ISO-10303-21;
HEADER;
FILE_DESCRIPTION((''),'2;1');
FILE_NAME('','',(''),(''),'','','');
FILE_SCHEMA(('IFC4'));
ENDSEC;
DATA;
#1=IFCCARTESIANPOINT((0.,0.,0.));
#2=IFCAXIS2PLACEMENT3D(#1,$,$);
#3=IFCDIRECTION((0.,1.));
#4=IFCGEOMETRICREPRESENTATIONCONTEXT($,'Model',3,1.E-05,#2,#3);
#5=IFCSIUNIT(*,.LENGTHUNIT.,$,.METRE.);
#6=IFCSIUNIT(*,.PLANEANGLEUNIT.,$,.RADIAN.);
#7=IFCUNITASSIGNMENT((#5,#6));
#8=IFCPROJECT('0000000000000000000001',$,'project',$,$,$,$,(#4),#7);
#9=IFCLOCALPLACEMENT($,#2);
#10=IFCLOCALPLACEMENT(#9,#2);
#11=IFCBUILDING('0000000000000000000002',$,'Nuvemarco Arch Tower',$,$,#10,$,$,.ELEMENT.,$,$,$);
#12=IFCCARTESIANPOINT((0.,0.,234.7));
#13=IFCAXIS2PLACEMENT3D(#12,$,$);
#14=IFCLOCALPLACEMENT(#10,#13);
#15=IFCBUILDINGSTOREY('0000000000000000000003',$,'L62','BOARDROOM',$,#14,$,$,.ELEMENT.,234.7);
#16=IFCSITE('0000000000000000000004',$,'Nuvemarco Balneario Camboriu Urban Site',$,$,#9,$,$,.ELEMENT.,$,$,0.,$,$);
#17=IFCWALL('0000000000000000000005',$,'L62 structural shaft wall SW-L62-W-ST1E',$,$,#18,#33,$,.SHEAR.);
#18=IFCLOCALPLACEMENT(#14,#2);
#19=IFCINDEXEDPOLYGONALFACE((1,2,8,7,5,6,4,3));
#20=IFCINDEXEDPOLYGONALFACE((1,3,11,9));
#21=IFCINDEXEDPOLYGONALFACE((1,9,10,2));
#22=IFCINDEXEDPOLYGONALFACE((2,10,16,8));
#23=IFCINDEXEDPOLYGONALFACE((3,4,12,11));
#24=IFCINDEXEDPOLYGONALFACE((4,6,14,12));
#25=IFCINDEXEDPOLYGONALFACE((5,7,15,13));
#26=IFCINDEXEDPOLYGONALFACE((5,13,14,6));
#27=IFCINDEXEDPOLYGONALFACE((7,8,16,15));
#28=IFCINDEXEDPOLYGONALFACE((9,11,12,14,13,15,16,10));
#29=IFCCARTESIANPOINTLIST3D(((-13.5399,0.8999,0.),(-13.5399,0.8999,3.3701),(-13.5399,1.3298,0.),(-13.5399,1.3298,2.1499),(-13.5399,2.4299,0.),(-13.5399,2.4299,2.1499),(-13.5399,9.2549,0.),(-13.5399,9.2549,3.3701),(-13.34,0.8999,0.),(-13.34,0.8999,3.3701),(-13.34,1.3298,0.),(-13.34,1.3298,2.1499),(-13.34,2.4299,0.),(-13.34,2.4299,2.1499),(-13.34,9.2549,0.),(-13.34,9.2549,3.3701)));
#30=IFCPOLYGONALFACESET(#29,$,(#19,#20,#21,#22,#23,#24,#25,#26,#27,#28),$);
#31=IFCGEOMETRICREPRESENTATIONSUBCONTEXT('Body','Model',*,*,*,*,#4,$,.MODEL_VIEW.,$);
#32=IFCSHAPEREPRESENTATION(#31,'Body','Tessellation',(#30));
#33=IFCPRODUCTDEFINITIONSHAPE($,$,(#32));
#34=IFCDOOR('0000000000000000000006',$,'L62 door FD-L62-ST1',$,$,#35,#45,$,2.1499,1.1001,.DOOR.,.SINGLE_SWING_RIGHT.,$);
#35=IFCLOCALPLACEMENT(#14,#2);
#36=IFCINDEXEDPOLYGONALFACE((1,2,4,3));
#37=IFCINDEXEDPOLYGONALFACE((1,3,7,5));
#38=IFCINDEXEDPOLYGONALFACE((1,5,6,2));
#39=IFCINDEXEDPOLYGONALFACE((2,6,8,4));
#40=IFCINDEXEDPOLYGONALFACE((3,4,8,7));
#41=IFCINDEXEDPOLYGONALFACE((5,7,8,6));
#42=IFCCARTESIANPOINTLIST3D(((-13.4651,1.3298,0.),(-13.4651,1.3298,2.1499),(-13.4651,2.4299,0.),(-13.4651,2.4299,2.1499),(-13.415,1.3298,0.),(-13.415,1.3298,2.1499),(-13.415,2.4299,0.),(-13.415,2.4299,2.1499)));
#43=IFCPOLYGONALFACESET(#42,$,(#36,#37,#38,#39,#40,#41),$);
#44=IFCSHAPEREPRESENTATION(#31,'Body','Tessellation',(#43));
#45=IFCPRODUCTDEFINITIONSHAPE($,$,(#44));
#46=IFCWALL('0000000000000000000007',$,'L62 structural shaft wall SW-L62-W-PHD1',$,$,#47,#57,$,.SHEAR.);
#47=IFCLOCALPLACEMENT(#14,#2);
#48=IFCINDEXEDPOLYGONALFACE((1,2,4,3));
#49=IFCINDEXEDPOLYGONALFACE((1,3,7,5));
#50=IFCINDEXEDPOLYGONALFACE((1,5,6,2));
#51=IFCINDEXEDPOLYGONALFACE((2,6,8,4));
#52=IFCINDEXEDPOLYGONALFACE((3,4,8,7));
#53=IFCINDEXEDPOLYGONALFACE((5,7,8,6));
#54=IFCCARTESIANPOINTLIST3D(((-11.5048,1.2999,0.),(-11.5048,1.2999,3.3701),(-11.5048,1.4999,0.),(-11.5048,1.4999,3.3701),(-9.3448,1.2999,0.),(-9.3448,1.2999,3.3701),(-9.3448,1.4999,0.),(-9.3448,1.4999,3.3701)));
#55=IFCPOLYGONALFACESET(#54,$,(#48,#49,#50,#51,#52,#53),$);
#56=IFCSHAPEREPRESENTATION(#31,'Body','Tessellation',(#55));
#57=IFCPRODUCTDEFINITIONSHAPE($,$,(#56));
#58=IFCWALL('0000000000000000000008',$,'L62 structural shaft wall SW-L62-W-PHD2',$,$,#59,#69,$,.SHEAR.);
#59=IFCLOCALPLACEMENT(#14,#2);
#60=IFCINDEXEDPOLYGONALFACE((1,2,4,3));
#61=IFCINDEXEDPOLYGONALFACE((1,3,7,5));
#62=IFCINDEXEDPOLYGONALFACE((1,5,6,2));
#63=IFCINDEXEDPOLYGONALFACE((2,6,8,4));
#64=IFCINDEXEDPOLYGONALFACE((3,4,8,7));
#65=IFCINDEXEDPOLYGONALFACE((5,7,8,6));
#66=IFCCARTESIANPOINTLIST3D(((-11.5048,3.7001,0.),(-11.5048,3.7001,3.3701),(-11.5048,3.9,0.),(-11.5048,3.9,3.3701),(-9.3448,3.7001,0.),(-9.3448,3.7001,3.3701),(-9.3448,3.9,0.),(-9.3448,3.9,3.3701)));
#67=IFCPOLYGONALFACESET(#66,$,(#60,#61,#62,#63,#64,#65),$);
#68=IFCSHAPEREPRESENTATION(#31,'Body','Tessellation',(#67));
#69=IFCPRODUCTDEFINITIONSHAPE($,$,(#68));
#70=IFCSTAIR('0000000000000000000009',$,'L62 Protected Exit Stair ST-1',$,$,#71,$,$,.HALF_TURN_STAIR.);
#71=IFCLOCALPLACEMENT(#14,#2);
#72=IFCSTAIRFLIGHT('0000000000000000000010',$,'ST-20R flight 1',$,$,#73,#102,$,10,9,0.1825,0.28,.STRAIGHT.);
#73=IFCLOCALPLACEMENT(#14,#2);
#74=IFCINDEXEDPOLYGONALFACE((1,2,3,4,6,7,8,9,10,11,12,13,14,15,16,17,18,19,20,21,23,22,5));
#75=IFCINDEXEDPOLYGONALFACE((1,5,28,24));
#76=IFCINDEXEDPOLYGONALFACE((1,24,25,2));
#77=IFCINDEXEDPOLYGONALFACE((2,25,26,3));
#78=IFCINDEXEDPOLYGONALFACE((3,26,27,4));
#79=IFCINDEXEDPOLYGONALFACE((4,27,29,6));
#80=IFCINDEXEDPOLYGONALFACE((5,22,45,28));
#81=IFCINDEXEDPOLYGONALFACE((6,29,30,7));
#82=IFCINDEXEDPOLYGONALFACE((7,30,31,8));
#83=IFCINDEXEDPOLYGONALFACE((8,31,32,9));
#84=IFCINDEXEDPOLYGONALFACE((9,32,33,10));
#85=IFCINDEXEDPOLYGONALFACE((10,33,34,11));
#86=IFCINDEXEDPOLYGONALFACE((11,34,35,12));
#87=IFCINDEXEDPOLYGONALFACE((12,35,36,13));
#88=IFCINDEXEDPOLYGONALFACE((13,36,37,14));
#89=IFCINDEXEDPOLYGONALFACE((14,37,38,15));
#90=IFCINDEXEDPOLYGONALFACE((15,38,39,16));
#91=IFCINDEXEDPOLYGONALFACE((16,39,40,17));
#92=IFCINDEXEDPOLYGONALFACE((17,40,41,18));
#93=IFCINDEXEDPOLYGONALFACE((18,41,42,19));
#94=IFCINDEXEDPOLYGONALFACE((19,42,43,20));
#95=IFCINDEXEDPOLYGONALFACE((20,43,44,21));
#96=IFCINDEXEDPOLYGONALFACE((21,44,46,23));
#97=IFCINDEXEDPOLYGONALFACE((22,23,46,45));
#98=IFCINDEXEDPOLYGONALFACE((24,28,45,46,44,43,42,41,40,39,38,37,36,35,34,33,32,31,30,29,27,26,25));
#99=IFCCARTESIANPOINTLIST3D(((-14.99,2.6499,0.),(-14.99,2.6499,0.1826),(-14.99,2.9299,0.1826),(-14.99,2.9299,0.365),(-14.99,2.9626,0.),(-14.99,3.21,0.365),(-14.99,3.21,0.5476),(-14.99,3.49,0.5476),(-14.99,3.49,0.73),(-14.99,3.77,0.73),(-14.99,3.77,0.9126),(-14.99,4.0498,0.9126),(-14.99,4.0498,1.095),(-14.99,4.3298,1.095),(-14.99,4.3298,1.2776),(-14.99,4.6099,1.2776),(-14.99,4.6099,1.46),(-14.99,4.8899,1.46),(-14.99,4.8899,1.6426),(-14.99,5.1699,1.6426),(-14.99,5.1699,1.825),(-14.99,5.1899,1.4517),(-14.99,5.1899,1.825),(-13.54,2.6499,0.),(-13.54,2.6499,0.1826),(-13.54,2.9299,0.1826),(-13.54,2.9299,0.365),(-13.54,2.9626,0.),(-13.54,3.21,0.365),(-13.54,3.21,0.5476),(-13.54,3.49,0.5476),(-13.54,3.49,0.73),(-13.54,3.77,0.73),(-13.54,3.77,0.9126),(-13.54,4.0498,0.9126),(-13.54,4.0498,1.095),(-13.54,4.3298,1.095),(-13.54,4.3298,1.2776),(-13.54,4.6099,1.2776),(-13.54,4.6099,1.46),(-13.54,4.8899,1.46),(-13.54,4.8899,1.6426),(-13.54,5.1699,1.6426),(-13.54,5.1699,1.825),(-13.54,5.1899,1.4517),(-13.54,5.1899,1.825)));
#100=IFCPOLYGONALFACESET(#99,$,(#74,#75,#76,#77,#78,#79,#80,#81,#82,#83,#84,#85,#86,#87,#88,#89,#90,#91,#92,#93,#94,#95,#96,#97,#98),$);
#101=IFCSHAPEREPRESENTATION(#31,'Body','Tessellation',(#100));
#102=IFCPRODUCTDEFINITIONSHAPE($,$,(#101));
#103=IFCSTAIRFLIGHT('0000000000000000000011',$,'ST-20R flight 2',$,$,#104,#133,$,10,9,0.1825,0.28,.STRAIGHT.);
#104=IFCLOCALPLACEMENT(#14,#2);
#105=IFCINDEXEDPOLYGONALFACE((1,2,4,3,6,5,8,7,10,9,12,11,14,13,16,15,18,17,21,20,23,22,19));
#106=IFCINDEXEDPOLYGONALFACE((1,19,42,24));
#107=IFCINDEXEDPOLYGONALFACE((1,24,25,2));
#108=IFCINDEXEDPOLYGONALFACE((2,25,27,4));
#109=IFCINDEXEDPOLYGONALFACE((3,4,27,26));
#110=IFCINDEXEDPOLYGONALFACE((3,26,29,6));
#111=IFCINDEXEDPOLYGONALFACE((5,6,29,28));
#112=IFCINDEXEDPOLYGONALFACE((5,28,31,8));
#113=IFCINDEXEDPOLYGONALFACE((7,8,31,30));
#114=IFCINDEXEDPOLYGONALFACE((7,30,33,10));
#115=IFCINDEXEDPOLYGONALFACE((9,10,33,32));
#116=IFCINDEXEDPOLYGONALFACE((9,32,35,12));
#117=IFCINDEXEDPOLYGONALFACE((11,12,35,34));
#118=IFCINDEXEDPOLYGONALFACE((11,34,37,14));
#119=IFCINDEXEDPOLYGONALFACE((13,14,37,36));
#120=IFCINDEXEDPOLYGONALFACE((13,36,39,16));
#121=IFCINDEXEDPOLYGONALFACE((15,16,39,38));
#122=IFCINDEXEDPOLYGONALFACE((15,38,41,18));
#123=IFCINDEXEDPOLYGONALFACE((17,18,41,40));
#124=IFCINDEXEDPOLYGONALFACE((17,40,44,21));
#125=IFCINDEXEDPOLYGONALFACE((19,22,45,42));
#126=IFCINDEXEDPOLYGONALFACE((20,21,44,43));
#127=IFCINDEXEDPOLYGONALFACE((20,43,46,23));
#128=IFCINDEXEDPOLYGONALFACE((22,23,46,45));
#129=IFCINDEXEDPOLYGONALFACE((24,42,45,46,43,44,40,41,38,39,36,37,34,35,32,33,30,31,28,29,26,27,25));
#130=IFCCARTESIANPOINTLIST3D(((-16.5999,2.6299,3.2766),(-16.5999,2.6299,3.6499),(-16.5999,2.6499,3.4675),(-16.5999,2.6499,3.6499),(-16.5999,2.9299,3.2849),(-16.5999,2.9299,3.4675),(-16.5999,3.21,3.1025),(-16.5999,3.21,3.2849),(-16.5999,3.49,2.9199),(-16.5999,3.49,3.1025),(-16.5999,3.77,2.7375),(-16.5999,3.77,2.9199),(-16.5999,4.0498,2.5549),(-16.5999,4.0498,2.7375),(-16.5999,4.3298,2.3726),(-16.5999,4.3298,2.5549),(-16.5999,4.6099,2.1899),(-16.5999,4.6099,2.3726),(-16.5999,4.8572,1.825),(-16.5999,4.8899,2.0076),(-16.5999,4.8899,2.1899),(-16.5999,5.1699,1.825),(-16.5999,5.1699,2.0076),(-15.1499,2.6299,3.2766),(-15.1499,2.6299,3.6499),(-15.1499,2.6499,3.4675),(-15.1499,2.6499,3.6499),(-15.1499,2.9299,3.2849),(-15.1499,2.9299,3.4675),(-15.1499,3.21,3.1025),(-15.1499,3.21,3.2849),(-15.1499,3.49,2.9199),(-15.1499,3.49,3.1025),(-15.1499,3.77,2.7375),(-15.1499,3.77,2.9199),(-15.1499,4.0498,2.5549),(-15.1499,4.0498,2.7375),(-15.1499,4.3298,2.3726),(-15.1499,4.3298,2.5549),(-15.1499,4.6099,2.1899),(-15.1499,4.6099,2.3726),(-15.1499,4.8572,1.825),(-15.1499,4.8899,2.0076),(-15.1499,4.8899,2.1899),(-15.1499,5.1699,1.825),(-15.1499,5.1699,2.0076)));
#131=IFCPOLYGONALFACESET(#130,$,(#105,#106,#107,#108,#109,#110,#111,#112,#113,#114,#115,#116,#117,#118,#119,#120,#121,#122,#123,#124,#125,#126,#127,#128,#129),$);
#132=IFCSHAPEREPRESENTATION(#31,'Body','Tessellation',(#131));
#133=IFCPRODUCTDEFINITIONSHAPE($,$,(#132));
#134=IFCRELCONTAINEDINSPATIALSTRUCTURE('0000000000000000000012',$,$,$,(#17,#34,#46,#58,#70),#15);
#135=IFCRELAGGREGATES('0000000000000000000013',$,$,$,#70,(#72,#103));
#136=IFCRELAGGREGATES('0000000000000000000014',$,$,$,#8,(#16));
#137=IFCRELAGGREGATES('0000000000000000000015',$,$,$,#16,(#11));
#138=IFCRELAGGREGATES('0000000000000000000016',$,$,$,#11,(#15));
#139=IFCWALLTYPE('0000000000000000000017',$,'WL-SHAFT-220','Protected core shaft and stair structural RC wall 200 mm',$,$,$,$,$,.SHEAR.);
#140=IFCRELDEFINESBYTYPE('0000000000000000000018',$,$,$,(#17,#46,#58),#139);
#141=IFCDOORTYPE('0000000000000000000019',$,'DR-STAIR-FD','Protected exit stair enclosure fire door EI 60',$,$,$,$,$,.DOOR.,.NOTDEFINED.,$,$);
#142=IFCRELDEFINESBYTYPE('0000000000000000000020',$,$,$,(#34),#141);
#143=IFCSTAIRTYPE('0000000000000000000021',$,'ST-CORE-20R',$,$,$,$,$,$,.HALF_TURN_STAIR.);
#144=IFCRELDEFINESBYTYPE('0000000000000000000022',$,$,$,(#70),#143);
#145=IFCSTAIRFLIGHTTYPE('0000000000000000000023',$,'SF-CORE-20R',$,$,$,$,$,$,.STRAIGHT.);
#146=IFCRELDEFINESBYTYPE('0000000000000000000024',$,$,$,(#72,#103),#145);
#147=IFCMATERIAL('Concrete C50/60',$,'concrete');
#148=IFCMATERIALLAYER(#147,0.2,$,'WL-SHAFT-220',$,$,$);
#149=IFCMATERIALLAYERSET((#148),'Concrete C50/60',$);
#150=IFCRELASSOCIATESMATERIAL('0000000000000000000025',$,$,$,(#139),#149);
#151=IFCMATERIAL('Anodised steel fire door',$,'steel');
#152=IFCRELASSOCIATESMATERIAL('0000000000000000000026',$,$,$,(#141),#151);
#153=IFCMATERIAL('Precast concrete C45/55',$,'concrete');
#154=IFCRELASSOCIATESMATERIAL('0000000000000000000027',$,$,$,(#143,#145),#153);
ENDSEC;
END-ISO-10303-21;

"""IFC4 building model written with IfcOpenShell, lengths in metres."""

from ifc_helpers import new_model, si_unit, direction, frame, frame_2d, origin, place, context, subcontext, project, spatial, polyline, rectangle, outline, extrude, source, transform, mapped, material, layer, layer_set, type_object, type_shapes, element, fill, aggregate, save


model = new_model("IFC4")

# Units and contexts
model_context = context("Model", 3, precision=1e-05, world=origin(), true_north=direction((0.0, 1.0)))
body_context = subcontext(model_context, "Body", "Model", "MODEL_VIEW")
ifc_project = project(units=[si_unit("LENGTHUNIT", "METRE"), si_unit("PLANEANGLEUNIT", "RADIAN")], contexts=[model_context])

# Site, building, storey
site_placement = place(None, origin())
site = spatial("IfcSite", under=ifc_project, at=site_placement, Name="Nuvemarco Balneario Camboriu Urban Site", CompositionType="ELEMENT", RefElevation=0.0)
building_placement = place(site_placement, origin())
building = spatial("IfcBuilding", under=site, at=building_placement, Name="Nuvemarco Arch Tower", CompositionType="ELEMENT")
storey_placement = place(building_placement, frame((0.0, 0.0, 234.7)))
storey = spatial("IfcBuildingStorey", under=building, at=storey_placement, Name="L62", Description="BOARDROOM", CompositionType="ELEMENT", Elevation=234.7)

# Shared definitions
ifc_material_1 = material(Name="Concrete C50/60", Category="concrete")

# Wall, opening, door
ifc_layer_1 = layer(ifc_material_1, 0.2, Name="WL-SHAFT-220")
ifc_layer_set_1 = layer_set([ifc_layer_1], Name="Concrete C50/60")
wall_type_1 = type_object("IfcWallType", Name="WL-SHAFT-220", Description="Protected core shaft and stair structural RC wall 200 mm", PredefinedType="SHEAR", material=ifc_layer_set_1)
wall_1_placement = place(storey_placement, frame((-13.4399, 0.8999, 0.0), z_axis=(0.0, 0.0, 1.0), x_axis=(0.0, 1.0, 0.0)))
wall_1 = element("IfcWall", 1, at=wall_1_placement, inside=storey, type_object=wall_type_1, Name="L62 structural shaft wall SW-L62-W-ST1E", PredefinedType="SHEAR", context=body_context, shape_type="SweptSolid", body=[
    extrude(rectangle(XDim=8.355, YDim=0.2, at=frame_2d((4.1775, 0.0))), origin(), (0.0, 0.0, 1.0), 3.3701),
])
opening_1_placement = place(wall_1_placement, frame((1.53, 0.0, 0.0), z_axis=(0.0, 0.0, 1.0), x_axis=(-1.0, 0.0, 0.0)))
opening_1 = element("IfcOpeningElement", 2, at=opening_1_placement, cuts=wall_1, PredefinedType="OPENING", context=body_context, shape_type="SweptSolid", body=[
    extrude(rectangle(XDim=1.1001, YDim=2.1499, at=frame_2d((0.55, 1.075))), frame((0.0, 0.1099, 0.0), z_axis=(0.0, -1.0, 0.0), x_axis=(1.0, 0.0, 0.0)), (0.0, 0.0, 1.0), 0.22),
])
ifc_material_2 = material(Name="Anodised steel fire door", Category="steel")
door_type_1 = type_object("IfcDoorType", Name="DR-STAIR-FD", Description="Protected exit stair enclosure fire door EI 60", OperationType="NOTDEFINED", PredefinedType="DOOR", material=ifc_material_2)
shared_shape_1 = source(origin(), body_context, "Body", "SweptSolid", [
    extrude(rectangle(XDim=1.1001, YDim=2.1499, at=frame_2d((0.55, 1.075))), frame((0.0, 0.0249, 0.0), z_axis=(0.0, -1.0, 0.0), x_axis=(1.0, 0.0, 0.0)), (0.0, 0.0, 1.0), 0.05),
])
type_shapes(door_type_1, [shared_shape_1])
door_1_placement = place(opening_1_placement, origin())
door_1 = element("IfcDoor", 3, at=door_1_placement, inside=storey, type_object=door_type_1, Name="L62 door FD-L62-ST1", OperationType="SINGLE_SWING_RIGHT", OverallHeight=2.1499, OverallWidth=1.1001, PredefinedType="DOOR", context=body_context, shape_type="MappedRepresentation", body=[
    mapped(shared_shape_1, transform((0.0, 0.0, 0.0), scale=1.0)),
])
fill(opening_1, door_1)

# Walls
for number, where, z_axis, x_axis, name in (
    (4, (-11.5049, 1.3999, 0.0), (0.0, 0.0, 1.0), (1.0, 0.0, 0.0), "L62 structural shaft wall SW-L62-W-PHD1"),
    (5, (-11.5049, 3.8, 0.0), (0.0, 0.0, 1.0), (1.0, 0.0, 0.0), "L62 structural shaft wall SW-L62-W-PHD2"),
):
    element("IfcWall", number, at=place(storey_placement, frame(where, z_axis=z_axis, x_axis=x_axis)), inside=storey, type_object=wall_type_1, Name=name, PredefinedType="SHEAR", context=body_context, shape_type="SweptSolid", body=[
        extrude(rectangle(XDim=2.1599, YDim=0.2, at=frame_2d((1.0801, 0.0))), origin(), (0.0, 0.0, 1.0), 3.3701),
    ])

# Stair, stair flights
ifc_material_3 = material(Name="Precast concrete C45/55", Category="concrete")
stair_type = type_object("IfcStairType", Name="ST-CORE-20R", PredefinedType="HALF_TURN_STAIR", material=ifc_material_3)
stair_placement = place(storey_placement, origin())
stair = element("IfcStair", 6, at=stair_placement, inside=storey, type_object=stair_type, Name="L62 Protected Exit Stair ST-1", PredefinedType="HALF_TURN_STAIR")
stair_flight_type = type_object("IfcStairFlightType", Name="SF-CORE-20R", PredefinedType="STRAIGHT", material=ifc_material_3)
stair_flight_1_placement = place(storey_placement, frame((-14.2649, 2.6499, 0.0), z_axis=(0.0, 0.0, 1.0), x_axis=(0.0, 1.0, 0.0)))
stair_flight_1 = element("IfcStairFlight", 7, at=stair_flight_1_placement, type_object=stair_flight_type, Name="ST-20R flight 1", NumberOfRisers=10, NumberOfTreads=9, PredefinedType="STRAIGHT", RiserHeight=0.1825, TreadLength=0.28, context=body_context, shape_type="SweptSolid", body=[
    extrude(outline(polyline([(0.0, 0.0), (0.0, 0.1826), (0.28, 0.1826), (0.28, 0.365), (0.5601, 0.365), (0.5601, 0.5476), (0.8401, 0.5476), (0.8401, 0.73), (1.1201, 0.73), (1.1201, 0.9126), (1.3999, 0.9126), (1.3999, 1.095), (1.6799, 1.095), (1.6799, 1.2776), (1.96, 1.2776), (1.96, 1.46), (2.24, 1.46), (2.24, 1.6426), (2.52, 1.6426), (2.52, 1.825), (2.54, 1.825), (2.54, 1.4517), (0.3127, 0.0), (0.0, 0.0)])), frame((0.0, 0.7251, 0.0), z_axis=(0.0, -1.0, 0.0), x_axis=(1.0, 0.0, 0.0)), (0.0, 0.0, 1.0), 1.45),
])
stair_flight_2_placement = place(storey_placement, frame((-15.875, 5.1699, 1.825), z_axis=(0.0, 0.0, 1.0), x_axis=(0.0, -1.0, 0.0)))
stair_flight_2 = element("IfcStairFlight", 8, at=stair_flight_2_placement, type_object=stair_flight_type, Name="ST-20R flight 2", NumberOfRisers=10, NumberOfTreads=9, PredefinedType="STRAIGHT", RiserHeight=0.1825, TreadLength=0.28, context=body_context, shape_type="SweptSolid", body=[
    extrude(outline(polyline([(0.0, 0.0), (0.0, 0.1826), (0.28, 0.1826), (0.28, 0.365), (0.5601, 0.365), (0.5601, 0.5476), (0.8401, 0.5476), (0.8401, 0.73), (1.1201, 0.73), (1.1201, 0.9126), (1.3999, 0.9126), (1.3999, 1.095), (1.6799, 1.095), (1.6799, 1.2776), (1.96, 1.2776), (1.96, 1.46), (2.24, 1.46), (2.24, 1.6426), (2.52, 1.6426), (2.52, 1.825), (2.54, 1.825), (2.54, 1.4517), (0.3127, 0.0), (0.0, 0.0)])), frame((0.0, 0.7251, 0.0), z_axis=(0.0, -1.0, 0.0), x_axis=(1.0, 0.0, 0.0)), (0.0, 0.0, 1.0), 1.45),
])
aggregate(stair, [stair_flight_1, stair_flight_2])

save(model, "model.ifc")
